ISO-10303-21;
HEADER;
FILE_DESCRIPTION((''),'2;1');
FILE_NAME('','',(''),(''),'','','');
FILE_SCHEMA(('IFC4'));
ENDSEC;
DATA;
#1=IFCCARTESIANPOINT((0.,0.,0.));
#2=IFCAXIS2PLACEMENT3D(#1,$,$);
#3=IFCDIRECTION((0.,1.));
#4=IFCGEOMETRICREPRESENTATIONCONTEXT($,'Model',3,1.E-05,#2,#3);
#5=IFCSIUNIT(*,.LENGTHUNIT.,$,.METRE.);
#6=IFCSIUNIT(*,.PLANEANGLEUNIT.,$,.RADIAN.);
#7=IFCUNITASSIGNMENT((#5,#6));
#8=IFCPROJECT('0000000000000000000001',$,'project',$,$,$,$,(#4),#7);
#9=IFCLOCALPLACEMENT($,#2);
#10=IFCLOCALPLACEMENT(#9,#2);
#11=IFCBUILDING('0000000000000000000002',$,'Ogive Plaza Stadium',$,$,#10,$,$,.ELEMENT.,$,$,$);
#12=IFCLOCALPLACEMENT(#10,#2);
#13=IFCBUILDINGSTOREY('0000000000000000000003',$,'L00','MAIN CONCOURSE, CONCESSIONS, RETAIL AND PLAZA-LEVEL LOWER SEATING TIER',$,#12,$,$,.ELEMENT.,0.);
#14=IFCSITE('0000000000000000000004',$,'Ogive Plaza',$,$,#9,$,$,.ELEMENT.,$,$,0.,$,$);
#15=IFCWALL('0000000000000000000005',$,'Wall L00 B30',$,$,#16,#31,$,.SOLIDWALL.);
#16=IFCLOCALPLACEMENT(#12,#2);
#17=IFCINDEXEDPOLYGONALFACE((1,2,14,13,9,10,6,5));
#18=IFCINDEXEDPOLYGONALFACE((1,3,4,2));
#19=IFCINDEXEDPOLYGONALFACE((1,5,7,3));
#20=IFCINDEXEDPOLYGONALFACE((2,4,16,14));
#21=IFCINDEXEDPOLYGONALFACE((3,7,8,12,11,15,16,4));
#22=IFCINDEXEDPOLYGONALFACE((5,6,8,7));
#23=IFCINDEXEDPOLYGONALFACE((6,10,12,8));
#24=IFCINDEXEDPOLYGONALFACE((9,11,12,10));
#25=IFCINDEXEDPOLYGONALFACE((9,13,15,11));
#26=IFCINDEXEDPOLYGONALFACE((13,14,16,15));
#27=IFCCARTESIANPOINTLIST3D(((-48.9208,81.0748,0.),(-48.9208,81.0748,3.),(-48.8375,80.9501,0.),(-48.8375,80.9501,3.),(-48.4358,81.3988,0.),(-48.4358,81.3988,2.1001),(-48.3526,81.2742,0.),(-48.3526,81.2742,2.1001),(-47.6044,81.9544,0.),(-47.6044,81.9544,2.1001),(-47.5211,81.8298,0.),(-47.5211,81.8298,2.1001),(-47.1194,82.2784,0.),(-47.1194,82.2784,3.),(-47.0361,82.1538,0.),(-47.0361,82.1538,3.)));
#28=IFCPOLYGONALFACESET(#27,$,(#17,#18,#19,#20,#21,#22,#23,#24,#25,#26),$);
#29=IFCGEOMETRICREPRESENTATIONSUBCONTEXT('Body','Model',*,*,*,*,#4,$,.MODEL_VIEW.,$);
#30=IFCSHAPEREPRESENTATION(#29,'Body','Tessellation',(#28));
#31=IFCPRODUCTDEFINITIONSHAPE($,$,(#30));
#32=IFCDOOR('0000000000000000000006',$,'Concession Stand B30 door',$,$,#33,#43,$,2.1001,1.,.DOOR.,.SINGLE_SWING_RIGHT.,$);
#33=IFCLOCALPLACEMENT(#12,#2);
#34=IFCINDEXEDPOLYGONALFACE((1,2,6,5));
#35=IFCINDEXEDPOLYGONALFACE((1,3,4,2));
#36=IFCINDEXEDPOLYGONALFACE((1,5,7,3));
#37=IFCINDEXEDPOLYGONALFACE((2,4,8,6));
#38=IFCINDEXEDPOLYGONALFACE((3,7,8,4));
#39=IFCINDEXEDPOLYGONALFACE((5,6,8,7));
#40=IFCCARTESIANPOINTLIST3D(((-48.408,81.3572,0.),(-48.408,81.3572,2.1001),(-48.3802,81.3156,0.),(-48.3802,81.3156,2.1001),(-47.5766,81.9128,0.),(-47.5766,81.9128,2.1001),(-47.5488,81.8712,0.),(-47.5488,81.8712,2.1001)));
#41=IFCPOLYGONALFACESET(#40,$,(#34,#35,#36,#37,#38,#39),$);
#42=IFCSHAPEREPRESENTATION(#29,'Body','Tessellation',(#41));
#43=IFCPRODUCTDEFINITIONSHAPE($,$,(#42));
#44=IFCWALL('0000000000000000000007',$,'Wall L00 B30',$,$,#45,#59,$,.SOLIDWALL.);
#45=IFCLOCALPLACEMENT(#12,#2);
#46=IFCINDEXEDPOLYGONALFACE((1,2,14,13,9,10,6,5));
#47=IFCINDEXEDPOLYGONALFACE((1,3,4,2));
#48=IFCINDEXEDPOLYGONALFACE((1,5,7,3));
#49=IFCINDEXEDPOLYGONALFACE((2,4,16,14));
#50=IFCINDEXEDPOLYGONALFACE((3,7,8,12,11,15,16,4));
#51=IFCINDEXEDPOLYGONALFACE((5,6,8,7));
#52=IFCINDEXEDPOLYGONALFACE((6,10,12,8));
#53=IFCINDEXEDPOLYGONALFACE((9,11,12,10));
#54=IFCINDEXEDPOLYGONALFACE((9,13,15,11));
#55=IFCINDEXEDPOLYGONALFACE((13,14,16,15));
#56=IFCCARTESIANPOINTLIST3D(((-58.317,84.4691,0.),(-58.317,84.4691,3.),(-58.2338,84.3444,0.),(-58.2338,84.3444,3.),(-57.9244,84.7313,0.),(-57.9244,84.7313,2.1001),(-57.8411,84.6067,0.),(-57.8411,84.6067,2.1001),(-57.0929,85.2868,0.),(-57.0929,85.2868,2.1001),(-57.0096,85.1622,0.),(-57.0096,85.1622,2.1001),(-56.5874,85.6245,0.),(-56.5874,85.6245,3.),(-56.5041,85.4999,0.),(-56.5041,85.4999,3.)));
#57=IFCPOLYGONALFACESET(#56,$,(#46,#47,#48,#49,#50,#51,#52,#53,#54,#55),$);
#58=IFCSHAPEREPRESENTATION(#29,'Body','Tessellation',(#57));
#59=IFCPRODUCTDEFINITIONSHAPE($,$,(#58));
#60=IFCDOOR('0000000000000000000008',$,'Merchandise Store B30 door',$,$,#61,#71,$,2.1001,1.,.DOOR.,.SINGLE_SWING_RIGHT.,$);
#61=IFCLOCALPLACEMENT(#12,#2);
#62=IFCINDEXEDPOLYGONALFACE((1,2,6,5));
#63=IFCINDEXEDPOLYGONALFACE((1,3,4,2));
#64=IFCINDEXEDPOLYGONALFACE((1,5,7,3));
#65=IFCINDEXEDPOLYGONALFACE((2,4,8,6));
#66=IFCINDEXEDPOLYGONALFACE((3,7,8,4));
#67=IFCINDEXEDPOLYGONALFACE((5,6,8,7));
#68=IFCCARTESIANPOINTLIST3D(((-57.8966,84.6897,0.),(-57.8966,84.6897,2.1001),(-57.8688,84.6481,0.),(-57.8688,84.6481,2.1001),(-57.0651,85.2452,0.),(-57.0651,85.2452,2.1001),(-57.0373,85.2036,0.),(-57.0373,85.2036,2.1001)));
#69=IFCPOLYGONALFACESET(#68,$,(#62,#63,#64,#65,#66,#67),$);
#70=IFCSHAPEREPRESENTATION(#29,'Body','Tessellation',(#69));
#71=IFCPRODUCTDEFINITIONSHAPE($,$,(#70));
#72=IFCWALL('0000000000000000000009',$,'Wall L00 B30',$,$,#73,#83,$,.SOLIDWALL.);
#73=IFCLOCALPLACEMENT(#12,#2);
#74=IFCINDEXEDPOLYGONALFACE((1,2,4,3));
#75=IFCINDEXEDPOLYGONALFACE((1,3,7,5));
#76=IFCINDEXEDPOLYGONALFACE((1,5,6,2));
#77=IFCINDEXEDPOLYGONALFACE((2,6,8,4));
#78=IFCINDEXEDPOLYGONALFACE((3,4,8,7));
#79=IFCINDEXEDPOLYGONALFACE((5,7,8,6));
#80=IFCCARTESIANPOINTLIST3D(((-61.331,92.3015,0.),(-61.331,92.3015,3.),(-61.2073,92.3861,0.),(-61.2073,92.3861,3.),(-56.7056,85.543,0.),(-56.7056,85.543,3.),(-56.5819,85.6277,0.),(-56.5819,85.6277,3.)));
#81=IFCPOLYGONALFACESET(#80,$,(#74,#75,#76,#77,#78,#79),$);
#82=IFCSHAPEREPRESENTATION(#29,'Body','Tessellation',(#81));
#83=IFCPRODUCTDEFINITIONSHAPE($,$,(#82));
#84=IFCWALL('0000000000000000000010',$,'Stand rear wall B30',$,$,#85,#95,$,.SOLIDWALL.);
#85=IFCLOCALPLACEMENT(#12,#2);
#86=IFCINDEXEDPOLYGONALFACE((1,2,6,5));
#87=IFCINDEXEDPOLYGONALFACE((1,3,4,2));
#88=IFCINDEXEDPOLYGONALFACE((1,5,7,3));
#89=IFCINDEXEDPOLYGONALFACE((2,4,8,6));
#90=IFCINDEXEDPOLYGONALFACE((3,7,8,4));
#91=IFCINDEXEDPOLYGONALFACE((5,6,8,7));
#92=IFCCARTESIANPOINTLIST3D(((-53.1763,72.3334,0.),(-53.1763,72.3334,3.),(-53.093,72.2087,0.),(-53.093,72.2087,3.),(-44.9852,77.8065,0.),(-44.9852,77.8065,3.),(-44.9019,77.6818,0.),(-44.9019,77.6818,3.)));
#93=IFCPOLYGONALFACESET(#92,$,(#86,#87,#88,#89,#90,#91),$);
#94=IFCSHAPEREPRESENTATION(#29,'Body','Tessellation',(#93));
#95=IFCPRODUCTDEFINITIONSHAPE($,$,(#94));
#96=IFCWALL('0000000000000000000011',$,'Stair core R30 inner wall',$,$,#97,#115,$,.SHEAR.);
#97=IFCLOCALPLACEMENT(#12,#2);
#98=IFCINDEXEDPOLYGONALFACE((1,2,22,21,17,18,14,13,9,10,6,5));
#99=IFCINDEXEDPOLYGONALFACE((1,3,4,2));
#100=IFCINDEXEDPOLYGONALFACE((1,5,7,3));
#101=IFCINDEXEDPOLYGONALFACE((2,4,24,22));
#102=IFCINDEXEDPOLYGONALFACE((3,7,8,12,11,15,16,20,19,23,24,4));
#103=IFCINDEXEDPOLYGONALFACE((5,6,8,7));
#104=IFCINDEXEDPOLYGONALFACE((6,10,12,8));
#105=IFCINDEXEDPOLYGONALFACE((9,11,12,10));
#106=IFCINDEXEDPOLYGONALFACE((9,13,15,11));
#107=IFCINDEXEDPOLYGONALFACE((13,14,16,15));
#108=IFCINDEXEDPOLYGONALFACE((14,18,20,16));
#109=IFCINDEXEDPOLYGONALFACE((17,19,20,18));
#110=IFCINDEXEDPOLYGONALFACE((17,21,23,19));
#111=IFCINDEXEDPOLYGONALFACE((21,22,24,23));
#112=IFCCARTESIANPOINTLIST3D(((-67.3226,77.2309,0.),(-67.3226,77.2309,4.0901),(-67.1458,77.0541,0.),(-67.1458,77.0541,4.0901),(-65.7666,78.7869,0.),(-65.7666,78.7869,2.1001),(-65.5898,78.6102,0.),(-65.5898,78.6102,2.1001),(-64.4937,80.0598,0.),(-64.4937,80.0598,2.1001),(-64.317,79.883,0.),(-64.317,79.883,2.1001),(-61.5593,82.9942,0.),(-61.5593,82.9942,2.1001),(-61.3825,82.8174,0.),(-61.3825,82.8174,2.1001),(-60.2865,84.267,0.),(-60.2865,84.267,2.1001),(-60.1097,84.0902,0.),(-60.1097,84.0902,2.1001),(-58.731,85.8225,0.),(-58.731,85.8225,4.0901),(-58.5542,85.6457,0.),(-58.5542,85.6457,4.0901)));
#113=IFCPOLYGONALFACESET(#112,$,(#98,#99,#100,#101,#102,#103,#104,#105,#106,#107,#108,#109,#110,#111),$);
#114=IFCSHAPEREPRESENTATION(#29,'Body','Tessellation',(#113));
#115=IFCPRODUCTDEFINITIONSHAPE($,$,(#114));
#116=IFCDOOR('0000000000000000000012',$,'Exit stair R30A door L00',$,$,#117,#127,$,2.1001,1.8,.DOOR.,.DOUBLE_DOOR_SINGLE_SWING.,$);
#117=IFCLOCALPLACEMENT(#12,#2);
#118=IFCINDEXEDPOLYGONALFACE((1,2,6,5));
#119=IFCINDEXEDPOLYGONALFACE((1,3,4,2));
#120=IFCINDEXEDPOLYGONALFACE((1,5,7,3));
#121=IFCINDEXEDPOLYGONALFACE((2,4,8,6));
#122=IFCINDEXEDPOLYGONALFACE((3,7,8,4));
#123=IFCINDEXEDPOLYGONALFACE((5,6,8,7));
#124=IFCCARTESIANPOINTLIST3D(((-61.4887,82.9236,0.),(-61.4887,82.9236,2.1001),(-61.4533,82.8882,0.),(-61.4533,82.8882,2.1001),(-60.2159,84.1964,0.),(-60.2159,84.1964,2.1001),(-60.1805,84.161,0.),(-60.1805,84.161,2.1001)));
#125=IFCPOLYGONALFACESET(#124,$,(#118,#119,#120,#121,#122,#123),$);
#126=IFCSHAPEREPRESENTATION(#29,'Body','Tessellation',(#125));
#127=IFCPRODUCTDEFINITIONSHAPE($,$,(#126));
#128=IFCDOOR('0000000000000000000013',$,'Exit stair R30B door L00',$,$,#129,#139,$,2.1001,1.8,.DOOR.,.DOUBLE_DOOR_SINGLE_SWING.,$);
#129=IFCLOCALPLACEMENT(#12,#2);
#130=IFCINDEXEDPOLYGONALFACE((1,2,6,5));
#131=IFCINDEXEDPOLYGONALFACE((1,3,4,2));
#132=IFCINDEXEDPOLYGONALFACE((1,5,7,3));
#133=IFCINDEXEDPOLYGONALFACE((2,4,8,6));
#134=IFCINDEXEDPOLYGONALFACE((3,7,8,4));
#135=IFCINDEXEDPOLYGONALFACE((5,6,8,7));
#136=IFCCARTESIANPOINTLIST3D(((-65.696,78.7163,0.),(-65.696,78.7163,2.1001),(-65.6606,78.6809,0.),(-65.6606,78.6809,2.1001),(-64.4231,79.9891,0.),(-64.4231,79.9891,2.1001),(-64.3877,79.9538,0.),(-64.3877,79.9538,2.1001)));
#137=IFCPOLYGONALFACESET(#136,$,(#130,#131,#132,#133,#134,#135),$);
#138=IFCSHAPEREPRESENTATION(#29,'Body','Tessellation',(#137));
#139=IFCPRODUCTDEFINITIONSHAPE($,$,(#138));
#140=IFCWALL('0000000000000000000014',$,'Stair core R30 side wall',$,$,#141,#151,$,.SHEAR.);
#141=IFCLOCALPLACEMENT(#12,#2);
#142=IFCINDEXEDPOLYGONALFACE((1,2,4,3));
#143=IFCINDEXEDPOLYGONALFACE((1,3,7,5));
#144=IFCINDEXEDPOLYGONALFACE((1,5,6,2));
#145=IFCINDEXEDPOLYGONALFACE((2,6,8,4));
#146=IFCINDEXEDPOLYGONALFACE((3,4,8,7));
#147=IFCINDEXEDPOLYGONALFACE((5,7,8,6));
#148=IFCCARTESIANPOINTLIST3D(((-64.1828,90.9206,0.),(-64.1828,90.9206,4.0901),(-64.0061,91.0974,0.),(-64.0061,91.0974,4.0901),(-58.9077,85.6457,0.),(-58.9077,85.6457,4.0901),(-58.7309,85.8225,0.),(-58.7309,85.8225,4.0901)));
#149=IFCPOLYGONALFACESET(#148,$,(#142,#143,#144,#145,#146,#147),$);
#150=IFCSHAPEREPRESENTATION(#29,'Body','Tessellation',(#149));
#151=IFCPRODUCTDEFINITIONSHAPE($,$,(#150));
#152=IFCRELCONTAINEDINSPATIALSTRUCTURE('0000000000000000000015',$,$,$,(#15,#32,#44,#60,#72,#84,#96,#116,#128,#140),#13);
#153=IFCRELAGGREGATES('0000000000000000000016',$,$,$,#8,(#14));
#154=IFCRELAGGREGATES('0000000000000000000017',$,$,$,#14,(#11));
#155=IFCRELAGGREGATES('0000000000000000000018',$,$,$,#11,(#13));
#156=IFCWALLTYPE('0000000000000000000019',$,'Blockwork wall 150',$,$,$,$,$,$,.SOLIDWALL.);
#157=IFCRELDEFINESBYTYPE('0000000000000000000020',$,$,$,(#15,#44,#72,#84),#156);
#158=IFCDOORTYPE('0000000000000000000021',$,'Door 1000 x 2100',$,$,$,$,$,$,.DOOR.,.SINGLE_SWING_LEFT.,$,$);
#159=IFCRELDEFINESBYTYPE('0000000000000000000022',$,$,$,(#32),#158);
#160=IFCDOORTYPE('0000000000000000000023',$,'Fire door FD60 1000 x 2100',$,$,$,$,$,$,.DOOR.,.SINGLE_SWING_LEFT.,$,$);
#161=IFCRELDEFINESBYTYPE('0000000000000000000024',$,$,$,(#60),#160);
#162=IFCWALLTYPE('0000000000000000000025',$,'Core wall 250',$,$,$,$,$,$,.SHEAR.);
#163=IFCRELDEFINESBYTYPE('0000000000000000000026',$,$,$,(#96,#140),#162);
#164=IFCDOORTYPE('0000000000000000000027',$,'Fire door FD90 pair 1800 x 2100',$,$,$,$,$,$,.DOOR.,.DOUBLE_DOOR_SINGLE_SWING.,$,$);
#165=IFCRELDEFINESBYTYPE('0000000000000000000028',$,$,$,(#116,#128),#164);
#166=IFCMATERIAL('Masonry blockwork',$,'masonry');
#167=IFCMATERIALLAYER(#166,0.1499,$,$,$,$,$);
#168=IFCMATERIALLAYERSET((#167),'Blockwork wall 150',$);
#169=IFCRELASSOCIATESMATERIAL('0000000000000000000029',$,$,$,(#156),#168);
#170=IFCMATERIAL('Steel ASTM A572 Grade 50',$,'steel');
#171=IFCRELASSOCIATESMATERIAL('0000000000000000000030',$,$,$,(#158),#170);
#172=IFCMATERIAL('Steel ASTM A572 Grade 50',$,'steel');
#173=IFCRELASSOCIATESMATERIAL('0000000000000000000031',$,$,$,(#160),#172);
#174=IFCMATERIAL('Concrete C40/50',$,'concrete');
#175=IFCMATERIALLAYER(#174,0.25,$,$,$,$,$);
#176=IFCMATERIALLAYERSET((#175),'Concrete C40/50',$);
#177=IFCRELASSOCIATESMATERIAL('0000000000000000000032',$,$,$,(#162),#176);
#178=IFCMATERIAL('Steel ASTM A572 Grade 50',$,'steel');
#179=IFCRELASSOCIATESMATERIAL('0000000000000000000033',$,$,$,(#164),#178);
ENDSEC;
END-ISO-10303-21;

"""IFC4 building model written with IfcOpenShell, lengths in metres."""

from ifc_helpers import new_model, si_unit, direction, frame, frame_2d, origin, place, context, subcontext, project, spatial, rectangle, extrude, material, layer, layer_set, type_object, element, fill, save


model = new_model("IFC4")

# Units and contexts
model_context = context("Model", 3, precision=1e-05, world=origin(), true_north=direction((0.0, 1.0)))
body_context = subcontext(model_context, "Body", "Model", "MODEL_VIEW")
ifc_project = project(units=[si_unit("LENGTHUNIT", "METRE"), si_unit("PLANEANGLEUNIT", "RADIAN")], contexts=[model_context])

# Site, building, storey
site_placement = place(None, origin())
site = spatial("IfcSite", under=ifc_project, at=site_placement, Name="Ogive Plaza", CompositionType="ELEMENT", RefElevation=0.0)
building_placement = place(site_placement, origin())
building = spatial("IfcBuilding", under=site, at=building_placement, Name="Ogive Plaza Stadium", CompositionType="ELEMENT")
storey_placement = place(building_placement, origin())
storey = spatial("IfcBuildingStorey", under=building, at=storey_placement, Name="L00", Description="MAIN CONCOURSE, CONCESSIONS, RETAIL AND PLAZA-LEVEL LOWER SEATING TIER", CompositionType="ELEMENT", Elevation=0.0)

# Shared definitions
ifc_material_1 = material(Name="Masonry blockwork", Category="masonry")
ifc_layer_1 = layer(ifc_material_1, 0.1499)
ifc_layer_set_1 = layer_set([ifc_layer_1], Name="Blockwork wall 150")
wall_type_1 = type_object("IfcWallType", Name="Blockwork wall 150", PredefinedType="SOLIDWALL", material=ifc_layer_set_1)
ifc_material_2 = material(Name="Steel ASTM A572 Grade 50", Category="steel")
door_type_1 = type_object("IfcDoorType", Name="Door 1000 x 2100", OperationType="SINGLE_SWING_LEFT", PredefinedType="DOOR", material=ifc_material_2)

# Walls, openings, doors
wall_1_placement = place(storey_placement, frame((-48.8792, 81.0125, 0.0), z_axis=(0.0, 0.0, 1.0), x_axis=(0.83146, 0.555584, 0.0)))
wall_1 = element("IfcWall", 1, at=wall_1_placement, inside=storey, type_object=wall_type_1, Name="Wall L00 B30", PredefinedType="SOLIDWALL", context=body_context, shape_type="SweptSolid", body=[
    extrude(rectangle(XDim=2.1665, YDim=0.1499, at=frame_2d((1.0833, 0.0))), origin(), (0.0, 0.0, 1.0), 3.0),
])
opening_1_placement = place(wall_1_placement, frame((0.5833, 0.0, 0.0)))
opening_1 = element("IfcOpeningElement", 2, at=opening_1_placement, cuts=wall_1, PredefinedType="OPENING", context=body_context, shape_type="SweptSolid", body=[
    extrude(rectangle(XDim=1.0, YDim=2.1001, at=frame_2d((0.5, 1.05))), frame((0.0, 0.075, 0.0), z_axis=(0.0, -1.0, 0.0), x_axis=(1.0, 0.0, 0.0)), (0.0, 0.0, 1.0), 0.1499),
])
door_1_placement = place(opening_1_placement, origin())
door_1 = element("IfcDoor", 3, at=door_1_placement, inside=storey, type_object=door_type_1, Name="Concession Stand B30 door", OperationType="SINGLE_SWING_RIGHT", OverallHeight=2.1001, OverallWidth=1.0, PredefinedType="DOOR", context=body_context, shape_type="SweptSolid", body=[
    extrude(rectangle(XDim=1.0, YDim=2.1001, at=frame_2d((0.5, 1.05))), frame((0.0, 0.0249, 0.0), z_axis=(0.0, -1.0, 0.0), x_axis=(1.0, 0.0, 0.0)), (0.0, 0.0, 1.0), 0.05),
])
fill(opening_1, door_1)
wall_2_placement = place(storey_placement, frame((-58.2754, 84.4067, 0.0), z_axis=(0.0, 0.0, 1.0), x_axis=(0.831526, 0.555485, 0.0)))
wall_2 = element("IfcWall", 4, at=wall_2_placement, inside=storey, type_object=wall_type_1, Name="Wall L00 B30", PredefinedType="SOLIDWALL", context=body_context, shape_type="SweptSolid", body=[
    extrude(rectangle(XDim=2.0801, YDim=0.1499, at=frame_2d((1.04, 0.0))), origin(), (0.0, 0.0, 1.0), 3.0),
])
opening_2_placement = place(wall_2_placement, frame((0.4722, 0.0, 0.0)))
opening_2 = element("IfcOpeningElement", 5, at=opening_2_placement, cuts=wall_2, PredefinedType="OPENING", context=body_context, shape_type="SweptSolid", body=[
    extrude(rectangle(XDim=1.0, YDim=2.1001, at=frame_2d((0.5, 1.05))), frame((0.0, 0.075, 0.0), z_axis=(0.0, -1.0, 0.0), x_axis=(1.0, 0.0, 0.0)), (0.0, 0.0, 1.0), 0.1499),
])
ifc_material_3 = material(Name="Steel ASTM A572 Grade 50", Category="steel")
door_type_2 = type_object("IfcDoorType", Name="Fire door FD60 1000 x 2100", OperationType="SINGLE_SWING_LEFT", PredefinedType="DOOR", material=ifc_material_3)
door_2_placement = place(opening_2_placement, origin())
door_2 = element("IfcDoor", 6, at=door_2_placement, inside=storey, type_object=door_type_2, Name="Merchandise Store B30 door", OperationType="SINGLE_SWING_RIGHT", OverallHeight=2.1001, OverallWidth=1.0, PredefinedType="DOOR", context=body_context, shape_type="SweptSolid", body=[
    extrude(rectangle(XDim=1.0, YDim=2.1001, at=frame_2d((0.5, 1.05))), frame((0.0, 0.0249, 0.0), z_axis=(0.0, -1.0, 0.0), x_axis=(1.0, 0.0, 0.0)), (0.0, 0.0, 1.0), 0.05),
])
fill(opening_2, door_2)

# Walls
wall_3_placement = place(storey_placement, frame((-56.6438, 85.5854, 0.0), z_axis=(0.0, 0.0, 1.0), x_axis=(-0.564785, 0.825238, 0.0)))
element("IfcWall", 7, at=wall_3_placement, inside=storey, type_object=wall_type_1, Name="Wall L00 B30", PredefinedType="SOLIDWALL", context=body_context, shape_type="SweptSolid", body=[
    extrude(rectangle(XDim=8.1897, YDim=0.1499, at=frame_2d((4.0947, 0.0))), origin(), (0.0, 0.0, 1.0), 3.0),
])
wall_4_placement = place(storey_placement, frame((-53.1348, 72.271, 0.0), z_axis=(0.0, 0.0, 1.0), x_axis=(0.83147, 0.555569, 0.0)))
element("IfcWall", 8, at=wall_4_placement, inside=storey, type_object=wall_type_1, Name="Stand rear wall B30", PredefinedType="SOLIDWALL", context=body_context, shape_type="SweptSolid", body=[
    extrude(rectangle(XDim=9.8513, YDim=0.1499, at=frame_2d((4.9258, 0.0))), origin(), (0.0, 0.0, 1.0), 3.0),
])

# Wall, openings, doors
ifc_material_4 = material(Name="Concrete C40/50", Category="concrete")
ifc_layer_2 = layer(ifc_material_4, 0.25)
ifc_layer_set_2 = layer_set([ifc_layer_2], Name="Concrete C40/50")
wall_type_2 = type_object("IfcWallType", Name="Core wall 250", PredefinedType="SHEAR", material=ifc_layer_set_2)
wall_5_placement = place(storey_placement, frame((-58.6426, 85.7341, 0.0), z_axis=(0.0, 0.0, 1.0), x_axis=(-0.707107, -0.707107, 0.0)))
wall_5 = element("IfcWall", 9, at=wall_5_placement, inside=storey, type_object=wall_type_2, Name="Stair core R30 inner wall", PredefinedType="SHEAR", context=body_context, shape_type="SweptSolid", body=[
    extrude(rectangle(XDim=12.1504, YDim=0.25, at=frame_2d((6.0752, 0.0))), origin(), (0.0, 0.0, 1.0), 4.0901),
])
opening_3_placement = place(wall_5_placement, frame((2.2, 0.0, 0.0)))
opening_3 = element("IfcOpeningElement", 10, at=opening_3_placement, cuts=wall_5, PredefinedType="OPENING", context=body_context, shape_type="SweptSolid", body=[
    extrude(rectangle(XDim=1.8, YDim=2.1001, at=frame_2d((0.8999, 1.05))), frame((0.0, 0.125, 0.0), z_axis=(0.0, -1.0, 0.0), x_axis=(1.0, 0.0, 0.0)), (0.0, 0.0, 1.0), 0.25),
])
opening_4_placement = place(wall_5_placement, frame((8.1499, 0.0, 0.0)))
opening_4 = element("IfcOpeningElement", 11, at=opening_4_placement, cuts=wall_5, PredefinedType="OPENING", context=body_context, shape_type="SweptSolid", body=[
    extrude(rectangle(XDim=1.8, YDim=2.1001, at=frame_2d((0.8999, 1.05))), frame((0.0, 0.125, 0.0), z_axis=(0.0, -1.0, 0.0), x_axis=(1.0, 0.0, 0.0)), (0.0, 0.0, 1.0), 0.25),
])
ifc_material_5 = material(Name="Steel ASTM A572 Grade 50", Category="steel")
door_type_3 = type_object("IfcDoorType", Name="Fire door FD90 pair 1800 x 2100", OperationType="DOUBLE_DOOR_SINGLE_SWING", PredefinedType="DOOR", material=ifc_material_5)
door_3_placement = place(opening_3_placement, origin())
door_3 = element("IfcDoor", 12, at=door_3_placement, inside=storey, type_object=door_type_3, Name="Exit stair R30A door L00", OperationType="DOUBLE_DOOR_SINGLE_SWING", OverallHeight=2.1001, OverallWidth=1.8, PredefinedType="DOOR", context=body_context, shape_type="SweptSolid", body=[
    extrude(rectangle(XDim=1.8, YDim=2.1001, at=frame_2d((0.8999, 1.05))), frame((0.0, 0.0249, 0.0), z_axis=(0.0, -1.0, 0.0), x_axis=(1.0, 0.0, 0.0)), (0.0, 0.0, 1.0), 0.05),
])
fill(opening_3, door_3)
door_4_placement = place(opening_4_placement, origin())
door_4 = element("IfcDoor", 13, at=door_4_placement, inside=storey, type_object=door_type_3, Name="Exit stair R30B door L00", OperationType="DOUBLE_DOOR_SINGLE_SWING", OverallHeight=2.1001, OverallWidth=1.8, PredefinedType="DOOR", context=body_context, shape_type="SweptSolid", body=[
    extrude(rectangle(XDim=1.8, YDim=2.1001, at=frame_2d((0.8999, 1.05))), frame((0.0, 0.0249, 0.0), z_axis=(0.0, -1.0, 0.0), x_axis=(1.0, 0.0, 0.0)), (0.0, 0.0, 1.0), 0.05),
])
fill(opening_4, door_4)

# Wall
wall_6_placement = place(storey_placement, frame((-58.8193, 85.7341, 0.0), z_axis=(0.0, 0.0, 1.0), x_axis=(-0.707123, 0.70709, 0.0)))
element("IfcWall", 14, at=wall_6_placement, inside=storey, type_object=wall_type_2, Name="Stair core R30 side wall", PredefinedType="SHEAR", context=body_context, shape_type="SweptSolid", body=[
    extrude(rectangle(XDim=7.46, YDim=0.25, at=frame_2d((3.73, 0.0))), origin(), (0.0, 0.0, 1.0), 4.0901),
])

save(model, "model.ifc")
